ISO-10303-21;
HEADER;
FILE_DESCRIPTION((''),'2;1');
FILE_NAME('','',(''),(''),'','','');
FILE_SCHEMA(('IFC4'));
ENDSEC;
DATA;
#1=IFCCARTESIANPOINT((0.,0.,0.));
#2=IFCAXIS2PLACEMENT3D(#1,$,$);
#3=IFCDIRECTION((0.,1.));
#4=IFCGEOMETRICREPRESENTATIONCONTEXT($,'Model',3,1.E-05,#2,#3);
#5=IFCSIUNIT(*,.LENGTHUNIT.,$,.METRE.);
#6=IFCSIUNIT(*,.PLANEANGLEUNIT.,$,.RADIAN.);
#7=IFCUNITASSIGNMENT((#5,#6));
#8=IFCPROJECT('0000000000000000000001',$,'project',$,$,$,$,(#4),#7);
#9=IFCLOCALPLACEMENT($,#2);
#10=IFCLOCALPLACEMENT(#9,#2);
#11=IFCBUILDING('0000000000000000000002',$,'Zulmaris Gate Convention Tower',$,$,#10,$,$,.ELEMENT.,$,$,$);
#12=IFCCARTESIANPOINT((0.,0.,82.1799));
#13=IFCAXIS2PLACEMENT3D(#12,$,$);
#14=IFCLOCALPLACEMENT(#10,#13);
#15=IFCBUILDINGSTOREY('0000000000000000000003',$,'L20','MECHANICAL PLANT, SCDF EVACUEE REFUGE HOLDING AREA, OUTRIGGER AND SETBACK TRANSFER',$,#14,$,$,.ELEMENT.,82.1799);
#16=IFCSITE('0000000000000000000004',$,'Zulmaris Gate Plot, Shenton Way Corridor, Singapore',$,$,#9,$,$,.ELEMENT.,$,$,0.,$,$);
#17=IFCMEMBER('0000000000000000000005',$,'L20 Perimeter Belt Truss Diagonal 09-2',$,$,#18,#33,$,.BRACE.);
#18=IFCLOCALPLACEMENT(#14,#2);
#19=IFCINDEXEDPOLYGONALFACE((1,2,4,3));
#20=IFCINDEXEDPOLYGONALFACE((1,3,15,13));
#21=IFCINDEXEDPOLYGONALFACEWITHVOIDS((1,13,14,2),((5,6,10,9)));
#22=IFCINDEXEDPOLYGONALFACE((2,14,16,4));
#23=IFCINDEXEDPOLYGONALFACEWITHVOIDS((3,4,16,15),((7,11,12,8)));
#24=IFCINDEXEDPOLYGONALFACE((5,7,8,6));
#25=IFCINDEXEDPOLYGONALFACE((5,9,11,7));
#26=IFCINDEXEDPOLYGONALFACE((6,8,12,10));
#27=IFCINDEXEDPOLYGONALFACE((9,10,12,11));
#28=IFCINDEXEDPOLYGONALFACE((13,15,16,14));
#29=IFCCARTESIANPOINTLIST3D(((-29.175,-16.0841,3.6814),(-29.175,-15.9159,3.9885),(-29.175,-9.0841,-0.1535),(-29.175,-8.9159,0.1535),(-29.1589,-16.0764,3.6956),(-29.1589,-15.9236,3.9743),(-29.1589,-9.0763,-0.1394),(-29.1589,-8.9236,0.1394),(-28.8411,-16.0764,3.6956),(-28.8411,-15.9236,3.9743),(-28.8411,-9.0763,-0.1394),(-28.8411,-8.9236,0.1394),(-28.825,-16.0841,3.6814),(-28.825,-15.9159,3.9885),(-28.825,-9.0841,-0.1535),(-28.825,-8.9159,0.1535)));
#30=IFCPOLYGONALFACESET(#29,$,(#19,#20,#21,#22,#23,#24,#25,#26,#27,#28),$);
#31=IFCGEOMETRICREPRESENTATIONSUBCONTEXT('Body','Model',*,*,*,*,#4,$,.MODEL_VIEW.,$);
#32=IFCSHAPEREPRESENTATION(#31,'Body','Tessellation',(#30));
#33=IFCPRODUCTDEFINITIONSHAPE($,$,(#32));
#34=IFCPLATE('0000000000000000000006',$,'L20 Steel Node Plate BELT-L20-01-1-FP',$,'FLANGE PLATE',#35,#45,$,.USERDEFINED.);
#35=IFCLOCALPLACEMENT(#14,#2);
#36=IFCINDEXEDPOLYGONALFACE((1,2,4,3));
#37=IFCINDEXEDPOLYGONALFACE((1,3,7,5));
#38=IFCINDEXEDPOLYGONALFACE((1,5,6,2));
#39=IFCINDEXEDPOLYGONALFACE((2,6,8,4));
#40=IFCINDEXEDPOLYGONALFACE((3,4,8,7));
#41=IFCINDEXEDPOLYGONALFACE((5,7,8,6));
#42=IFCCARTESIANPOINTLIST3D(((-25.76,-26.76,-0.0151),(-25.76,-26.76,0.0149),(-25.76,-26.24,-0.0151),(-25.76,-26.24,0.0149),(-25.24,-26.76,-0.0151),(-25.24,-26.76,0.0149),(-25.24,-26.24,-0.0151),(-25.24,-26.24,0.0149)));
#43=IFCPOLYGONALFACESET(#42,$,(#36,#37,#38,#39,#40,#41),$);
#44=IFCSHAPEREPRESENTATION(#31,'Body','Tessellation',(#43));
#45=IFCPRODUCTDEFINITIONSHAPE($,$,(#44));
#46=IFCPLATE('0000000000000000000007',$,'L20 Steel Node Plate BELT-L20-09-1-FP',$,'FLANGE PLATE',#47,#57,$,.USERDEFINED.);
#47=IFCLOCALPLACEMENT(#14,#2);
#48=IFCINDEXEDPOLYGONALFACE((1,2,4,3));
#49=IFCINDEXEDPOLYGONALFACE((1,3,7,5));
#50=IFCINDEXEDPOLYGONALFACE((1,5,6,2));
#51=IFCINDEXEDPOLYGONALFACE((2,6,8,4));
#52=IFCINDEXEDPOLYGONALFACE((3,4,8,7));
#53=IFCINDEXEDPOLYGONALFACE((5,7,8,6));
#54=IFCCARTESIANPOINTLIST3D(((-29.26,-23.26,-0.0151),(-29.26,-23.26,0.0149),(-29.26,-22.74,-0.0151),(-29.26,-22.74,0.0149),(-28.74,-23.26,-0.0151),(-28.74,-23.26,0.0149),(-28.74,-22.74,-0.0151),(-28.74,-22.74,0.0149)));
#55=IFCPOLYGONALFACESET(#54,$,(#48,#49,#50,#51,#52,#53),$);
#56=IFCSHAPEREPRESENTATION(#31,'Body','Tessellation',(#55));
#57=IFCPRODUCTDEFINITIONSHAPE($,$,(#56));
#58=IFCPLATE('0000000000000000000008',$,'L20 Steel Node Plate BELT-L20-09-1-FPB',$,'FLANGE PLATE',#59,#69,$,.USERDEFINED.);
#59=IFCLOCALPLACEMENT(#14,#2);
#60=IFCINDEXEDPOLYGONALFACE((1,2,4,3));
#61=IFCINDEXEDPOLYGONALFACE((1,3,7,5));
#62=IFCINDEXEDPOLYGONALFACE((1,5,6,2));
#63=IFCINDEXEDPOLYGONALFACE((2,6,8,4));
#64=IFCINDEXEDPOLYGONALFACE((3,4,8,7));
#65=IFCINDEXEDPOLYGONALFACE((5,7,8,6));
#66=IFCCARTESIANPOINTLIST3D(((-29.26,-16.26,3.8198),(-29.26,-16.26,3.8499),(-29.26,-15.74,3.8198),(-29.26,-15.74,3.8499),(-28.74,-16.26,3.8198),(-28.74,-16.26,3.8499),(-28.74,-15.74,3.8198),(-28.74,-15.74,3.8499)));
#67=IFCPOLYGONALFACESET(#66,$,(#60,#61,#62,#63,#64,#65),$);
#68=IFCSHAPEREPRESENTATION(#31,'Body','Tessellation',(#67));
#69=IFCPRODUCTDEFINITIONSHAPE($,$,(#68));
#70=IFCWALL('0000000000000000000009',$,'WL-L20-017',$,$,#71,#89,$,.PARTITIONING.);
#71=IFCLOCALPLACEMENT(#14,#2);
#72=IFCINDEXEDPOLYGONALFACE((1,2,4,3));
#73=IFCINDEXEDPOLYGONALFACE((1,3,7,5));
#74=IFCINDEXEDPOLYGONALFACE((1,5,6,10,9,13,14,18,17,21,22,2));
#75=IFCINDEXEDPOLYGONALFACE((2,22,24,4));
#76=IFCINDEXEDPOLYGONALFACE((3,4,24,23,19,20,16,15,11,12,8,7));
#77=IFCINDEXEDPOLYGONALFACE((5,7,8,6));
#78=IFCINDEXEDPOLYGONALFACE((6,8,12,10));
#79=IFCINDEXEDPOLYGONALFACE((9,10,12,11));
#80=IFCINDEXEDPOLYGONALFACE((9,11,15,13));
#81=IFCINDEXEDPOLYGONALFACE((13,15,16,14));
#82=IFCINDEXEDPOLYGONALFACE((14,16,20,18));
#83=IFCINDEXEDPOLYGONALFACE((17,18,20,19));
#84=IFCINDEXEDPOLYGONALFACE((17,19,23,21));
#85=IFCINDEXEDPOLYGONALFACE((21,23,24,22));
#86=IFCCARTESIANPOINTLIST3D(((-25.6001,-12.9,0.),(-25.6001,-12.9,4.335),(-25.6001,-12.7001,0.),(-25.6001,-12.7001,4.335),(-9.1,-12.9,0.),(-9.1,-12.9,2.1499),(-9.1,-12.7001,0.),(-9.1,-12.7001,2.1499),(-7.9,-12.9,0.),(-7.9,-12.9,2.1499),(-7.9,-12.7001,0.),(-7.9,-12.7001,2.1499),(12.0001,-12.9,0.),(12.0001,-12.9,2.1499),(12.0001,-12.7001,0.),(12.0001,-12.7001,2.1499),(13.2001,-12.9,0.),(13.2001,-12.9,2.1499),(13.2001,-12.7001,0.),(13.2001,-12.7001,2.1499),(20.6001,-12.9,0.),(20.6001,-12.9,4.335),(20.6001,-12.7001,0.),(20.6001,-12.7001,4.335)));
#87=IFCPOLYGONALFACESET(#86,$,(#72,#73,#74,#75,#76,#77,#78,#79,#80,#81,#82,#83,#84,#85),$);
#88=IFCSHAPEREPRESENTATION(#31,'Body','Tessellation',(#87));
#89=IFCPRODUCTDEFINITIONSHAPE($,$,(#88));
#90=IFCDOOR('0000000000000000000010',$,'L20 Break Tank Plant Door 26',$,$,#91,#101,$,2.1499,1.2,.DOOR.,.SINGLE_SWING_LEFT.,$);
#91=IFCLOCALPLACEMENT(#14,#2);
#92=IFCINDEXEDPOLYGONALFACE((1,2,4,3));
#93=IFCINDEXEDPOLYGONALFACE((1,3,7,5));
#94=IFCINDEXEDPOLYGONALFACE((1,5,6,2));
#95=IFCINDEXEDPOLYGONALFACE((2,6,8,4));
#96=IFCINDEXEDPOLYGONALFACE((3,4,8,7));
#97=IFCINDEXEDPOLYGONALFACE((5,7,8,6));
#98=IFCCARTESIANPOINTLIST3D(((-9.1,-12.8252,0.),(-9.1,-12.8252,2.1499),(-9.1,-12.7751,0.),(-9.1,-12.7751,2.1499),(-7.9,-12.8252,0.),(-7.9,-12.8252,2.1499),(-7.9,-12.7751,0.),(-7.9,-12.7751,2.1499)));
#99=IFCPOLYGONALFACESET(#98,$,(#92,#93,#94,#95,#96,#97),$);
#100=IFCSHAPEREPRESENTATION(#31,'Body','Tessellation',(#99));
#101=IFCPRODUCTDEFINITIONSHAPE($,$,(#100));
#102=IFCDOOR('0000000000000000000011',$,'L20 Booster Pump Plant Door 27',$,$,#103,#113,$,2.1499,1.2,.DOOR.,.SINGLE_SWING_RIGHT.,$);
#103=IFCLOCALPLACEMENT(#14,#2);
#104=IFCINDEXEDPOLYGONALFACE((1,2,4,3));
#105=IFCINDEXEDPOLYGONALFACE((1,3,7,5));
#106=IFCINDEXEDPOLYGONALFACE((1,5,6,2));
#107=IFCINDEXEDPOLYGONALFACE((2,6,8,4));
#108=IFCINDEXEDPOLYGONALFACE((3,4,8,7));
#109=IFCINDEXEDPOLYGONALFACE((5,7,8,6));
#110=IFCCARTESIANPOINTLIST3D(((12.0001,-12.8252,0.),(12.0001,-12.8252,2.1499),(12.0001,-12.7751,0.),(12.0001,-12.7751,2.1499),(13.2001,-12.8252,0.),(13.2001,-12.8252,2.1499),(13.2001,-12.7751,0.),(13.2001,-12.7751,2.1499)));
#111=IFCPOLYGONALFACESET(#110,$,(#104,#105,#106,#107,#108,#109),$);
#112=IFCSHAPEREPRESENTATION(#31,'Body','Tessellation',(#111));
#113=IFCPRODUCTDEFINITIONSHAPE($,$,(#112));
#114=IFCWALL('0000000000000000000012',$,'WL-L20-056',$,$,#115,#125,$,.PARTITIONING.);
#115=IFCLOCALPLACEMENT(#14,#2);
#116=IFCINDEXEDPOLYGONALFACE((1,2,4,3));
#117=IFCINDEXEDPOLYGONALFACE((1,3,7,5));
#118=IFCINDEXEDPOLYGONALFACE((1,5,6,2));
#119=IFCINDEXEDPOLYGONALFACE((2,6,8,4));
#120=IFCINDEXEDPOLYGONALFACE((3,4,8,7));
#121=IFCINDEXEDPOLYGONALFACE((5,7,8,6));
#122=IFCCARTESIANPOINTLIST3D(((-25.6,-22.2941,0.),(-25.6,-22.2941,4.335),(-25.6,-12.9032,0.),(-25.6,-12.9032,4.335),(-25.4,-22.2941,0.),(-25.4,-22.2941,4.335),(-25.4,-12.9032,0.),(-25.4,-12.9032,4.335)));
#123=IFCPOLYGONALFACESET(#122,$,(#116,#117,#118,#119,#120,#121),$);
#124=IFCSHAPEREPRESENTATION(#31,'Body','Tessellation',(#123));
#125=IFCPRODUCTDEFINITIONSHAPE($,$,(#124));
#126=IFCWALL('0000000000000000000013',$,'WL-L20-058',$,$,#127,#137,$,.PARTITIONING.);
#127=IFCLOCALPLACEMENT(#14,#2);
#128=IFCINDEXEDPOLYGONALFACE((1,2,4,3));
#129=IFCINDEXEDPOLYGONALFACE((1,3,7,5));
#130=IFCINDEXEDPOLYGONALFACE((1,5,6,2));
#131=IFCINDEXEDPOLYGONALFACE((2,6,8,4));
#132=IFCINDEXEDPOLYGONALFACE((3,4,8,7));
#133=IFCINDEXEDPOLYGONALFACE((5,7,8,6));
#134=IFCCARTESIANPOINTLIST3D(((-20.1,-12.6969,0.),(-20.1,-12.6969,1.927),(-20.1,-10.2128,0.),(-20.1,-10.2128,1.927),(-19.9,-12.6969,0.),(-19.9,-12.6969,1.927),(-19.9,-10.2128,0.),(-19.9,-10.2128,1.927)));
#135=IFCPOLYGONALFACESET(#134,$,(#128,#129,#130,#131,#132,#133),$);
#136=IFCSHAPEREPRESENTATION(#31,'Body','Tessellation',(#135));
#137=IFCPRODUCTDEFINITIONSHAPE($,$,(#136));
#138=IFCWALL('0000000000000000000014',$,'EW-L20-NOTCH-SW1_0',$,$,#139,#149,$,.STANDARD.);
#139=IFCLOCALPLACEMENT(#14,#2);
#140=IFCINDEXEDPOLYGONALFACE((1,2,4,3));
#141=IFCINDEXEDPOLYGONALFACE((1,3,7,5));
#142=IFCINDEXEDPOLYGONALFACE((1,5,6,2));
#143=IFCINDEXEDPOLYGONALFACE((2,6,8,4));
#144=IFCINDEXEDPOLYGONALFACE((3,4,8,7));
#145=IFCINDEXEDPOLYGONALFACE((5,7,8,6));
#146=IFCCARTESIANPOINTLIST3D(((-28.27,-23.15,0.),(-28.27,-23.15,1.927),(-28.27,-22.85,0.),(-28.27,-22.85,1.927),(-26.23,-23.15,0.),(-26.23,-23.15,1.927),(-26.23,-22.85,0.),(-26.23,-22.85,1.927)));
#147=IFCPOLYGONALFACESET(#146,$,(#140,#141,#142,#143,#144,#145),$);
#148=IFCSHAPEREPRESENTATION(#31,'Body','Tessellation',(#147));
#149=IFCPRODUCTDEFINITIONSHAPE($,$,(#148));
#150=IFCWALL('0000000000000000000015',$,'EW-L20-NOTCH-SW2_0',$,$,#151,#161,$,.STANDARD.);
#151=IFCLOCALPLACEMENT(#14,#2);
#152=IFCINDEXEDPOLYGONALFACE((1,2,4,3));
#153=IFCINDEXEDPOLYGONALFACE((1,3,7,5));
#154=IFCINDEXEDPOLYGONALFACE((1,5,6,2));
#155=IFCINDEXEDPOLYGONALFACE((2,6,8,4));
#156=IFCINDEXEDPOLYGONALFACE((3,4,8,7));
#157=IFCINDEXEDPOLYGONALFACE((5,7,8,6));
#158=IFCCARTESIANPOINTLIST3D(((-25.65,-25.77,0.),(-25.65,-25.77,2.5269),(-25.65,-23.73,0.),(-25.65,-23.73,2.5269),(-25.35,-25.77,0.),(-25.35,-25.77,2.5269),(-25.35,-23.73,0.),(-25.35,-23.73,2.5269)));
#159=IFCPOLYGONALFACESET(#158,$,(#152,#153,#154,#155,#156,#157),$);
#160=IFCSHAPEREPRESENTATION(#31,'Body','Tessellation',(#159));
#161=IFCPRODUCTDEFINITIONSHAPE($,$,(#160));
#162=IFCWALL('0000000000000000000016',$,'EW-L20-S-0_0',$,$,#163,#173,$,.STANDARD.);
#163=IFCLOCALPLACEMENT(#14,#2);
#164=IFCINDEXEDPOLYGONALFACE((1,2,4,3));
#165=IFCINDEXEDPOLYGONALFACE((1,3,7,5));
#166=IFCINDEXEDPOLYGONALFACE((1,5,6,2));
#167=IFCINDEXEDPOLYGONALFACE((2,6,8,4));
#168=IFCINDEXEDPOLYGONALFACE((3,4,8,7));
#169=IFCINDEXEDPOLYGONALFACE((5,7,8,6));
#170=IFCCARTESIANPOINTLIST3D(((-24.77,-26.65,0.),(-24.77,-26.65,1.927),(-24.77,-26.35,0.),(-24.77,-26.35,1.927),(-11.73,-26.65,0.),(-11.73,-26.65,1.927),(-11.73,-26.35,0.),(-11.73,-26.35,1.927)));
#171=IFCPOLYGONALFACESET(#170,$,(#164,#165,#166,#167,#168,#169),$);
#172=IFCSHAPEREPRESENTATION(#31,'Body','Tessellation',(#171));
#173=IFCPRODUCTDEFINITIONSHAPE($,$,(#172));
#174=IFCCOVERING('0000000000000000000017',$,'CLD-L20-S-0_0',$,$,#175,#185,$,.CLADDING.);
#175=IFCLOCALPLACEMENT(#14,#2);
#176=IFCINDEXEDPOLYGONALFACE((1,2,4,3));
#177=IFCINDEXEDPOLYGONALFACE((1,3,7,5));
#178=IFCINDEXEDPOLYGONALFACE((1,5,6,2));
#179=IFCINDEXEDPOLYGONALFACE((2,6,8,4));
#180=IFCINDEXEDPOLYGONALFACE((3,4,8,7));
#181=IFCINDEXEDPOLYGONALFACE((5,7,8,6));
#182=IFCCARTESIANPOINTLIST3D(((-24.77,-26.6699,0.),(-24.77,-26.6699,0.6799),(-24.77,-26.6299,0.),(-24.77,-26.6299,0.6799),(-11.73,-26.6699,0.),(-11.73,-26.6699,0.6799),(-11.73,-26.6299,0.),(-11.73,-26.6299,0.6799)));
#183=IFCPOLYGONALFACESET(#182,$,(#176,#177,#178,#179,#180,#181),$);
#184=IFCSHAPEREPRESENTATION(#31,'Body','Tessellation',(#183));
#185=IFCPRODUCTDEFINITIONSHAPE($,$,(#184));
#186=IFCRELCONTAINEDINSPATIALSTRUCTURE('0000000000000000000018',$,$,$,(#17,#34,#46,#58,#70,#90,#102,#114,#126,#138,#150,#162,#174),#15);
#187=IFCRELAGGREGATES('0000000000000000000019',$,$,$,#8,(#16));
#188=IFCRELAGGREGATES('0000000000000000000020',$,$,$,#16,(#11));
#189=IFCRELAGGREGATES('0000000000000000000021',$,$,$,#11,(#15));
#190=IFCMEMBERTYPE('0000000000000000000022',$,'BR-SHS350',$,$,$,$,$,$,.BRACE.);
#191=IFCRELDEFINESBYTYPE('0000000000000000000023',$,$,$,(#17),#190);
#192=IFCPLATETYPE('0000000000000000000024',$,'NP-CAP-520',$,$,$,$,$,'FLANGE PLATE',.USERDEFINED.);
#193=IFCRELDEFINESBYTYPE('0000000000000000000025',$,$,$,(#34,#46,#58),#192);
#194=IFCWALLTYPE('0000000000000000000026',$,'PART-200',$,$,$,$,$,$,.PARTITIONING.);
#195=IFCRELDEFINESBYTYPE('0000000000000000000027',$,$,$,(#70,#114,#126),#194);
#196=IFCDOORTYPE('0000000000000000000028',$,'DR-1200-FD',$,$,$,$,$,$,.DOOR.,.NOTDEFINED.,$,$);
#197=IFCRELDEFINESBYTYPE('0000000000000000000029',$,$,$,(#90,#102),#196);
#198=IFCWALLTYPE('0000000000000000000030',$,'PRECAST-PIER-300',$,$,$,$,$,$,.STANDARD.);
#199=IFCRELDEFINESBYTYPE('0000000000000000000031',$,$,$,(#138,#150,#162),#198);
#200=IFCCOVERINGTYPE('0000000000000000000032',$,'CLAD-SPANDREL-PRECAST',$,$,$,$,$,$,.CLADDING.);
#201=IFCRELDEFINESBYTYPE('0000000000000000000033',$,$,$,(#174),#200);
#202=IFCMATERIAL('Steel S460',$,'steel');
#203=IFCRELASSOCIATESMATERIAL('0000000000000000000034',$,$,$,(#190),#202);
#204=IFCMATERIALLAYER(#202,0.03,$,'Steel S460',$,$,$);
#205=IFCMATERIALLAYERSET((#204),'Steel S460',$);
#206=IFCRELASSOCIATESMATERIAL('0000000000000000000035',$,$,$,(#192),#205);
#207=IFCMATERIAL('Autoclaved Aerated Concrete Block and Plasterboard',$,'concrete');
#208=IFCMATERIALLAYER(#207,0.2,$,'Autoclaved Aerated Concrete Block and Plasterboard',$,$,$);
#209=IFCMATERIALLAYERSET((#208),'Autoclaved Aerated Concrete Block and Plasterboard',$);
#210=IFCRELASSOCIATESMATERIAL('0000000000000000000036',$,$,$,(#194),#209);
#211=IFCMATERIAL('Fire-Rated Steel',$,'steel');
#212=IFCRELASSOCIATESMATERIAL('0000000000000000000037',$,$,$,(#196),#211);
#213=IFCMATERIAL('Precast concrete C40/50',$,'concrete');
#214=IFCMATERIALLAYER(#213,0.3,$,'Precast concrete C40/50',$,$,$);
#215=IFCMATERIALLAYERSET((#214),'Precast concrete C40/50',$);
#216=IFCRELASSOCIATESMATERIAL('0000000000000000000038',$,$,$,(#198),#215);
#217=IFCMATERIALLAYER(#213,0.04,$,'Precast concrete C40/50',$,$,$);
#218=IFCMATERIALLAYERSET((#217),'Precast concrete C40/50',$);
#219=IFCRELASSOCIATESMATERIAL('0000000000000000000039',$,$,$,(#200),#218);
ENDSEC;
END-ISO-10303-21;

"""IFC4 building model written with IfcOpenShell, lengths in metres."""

from ifc_helpers import new_model, si_unit, direction, frame, frame_2d, origin, origin_2d, place, context, subcontext, project, spatial, rectangle, hollow_rectangle, extrude, material, layer, layer_set, material_profile, profile_set, type_object, element, fill, save


model = new_model("IFC4")

# Units and contexts
model_context = context("Model", 3, precision=1e-05, world=origin(), true_north=direction((0.0, 1.0)))
body_context = subcontext(model_context, "Body", "Model", "MODEL_VIEW")
ifc_project = project(units=[si_unit("LENGTHUNIT", "METRE"), si_unit("PLANEANGLEUNIT", "RADIAN")], contexts=[model_context])

# Site, building, storey
site_placement = place(None, origin())
site = spatial("IfcSite", under=ifc_project, at=site_placement, Name="Zulmaris Gate Plot, Shenton Way Corridor, Singapore", CompositionType="ELEMENT", RefElevation=0.0)
building_placement = place(site_placement, origin())
building = spatial("IfcBuilding", under=site, at=building_placement, Name="Zulmaris Gate Convention Tower", CompositionType="ELEMENT")
storey_placement = place(building_placement, frame((0.0, 0.0, 82.1799)))
storey = spatial("IfcBuildingStorey", under=building, at=storey_placement, Name="L20", Description="MECHANICAL PLANT, SCDF EVACUEE REFUGE HOLDING AREA, OUTRIGGER AND SETBACK TRANSFER", CompositionType="ELEMENT", Elevation=82.1799)

# Member
ifc_material_1 = material(Name="Steel S460", Category="steel")
ifc_material_profile_1 = material_profile(ifc_material_1, hollow_rectangle(XDim=0.3501, YDim=0.3501, WallThickness=0.0161, at=origin_2d()), Name="SHS 350x350x16")
ifc_profile_set_1 = profile_set([ifc_material_profile_1], Name="Steel S460")
member_type = type_object("IfcMemberType", Name="BR-SHS350", PredefinedType="BRACE", material=ifc_profile_set_1)
for number, where, z_axis, x_axis, name in (
    (1, (-29.0, -16.0, 3.835), (0.0, 0.87701, -0.480471), (-1.0, 0.0, 0.0), "L20 Perimeter Belt Truss Diagonal 09-2"),
):
    element("IfcMember", number, at=place(storey_placement, frame(where, z_axis=z_axis, x_axis=x_axis)), inside=storey, type_object=member_type, Name=name, PredefinedType="BRACE", context=body_context, shape_type="SweptSolid", body=[
        extrude(hollow_rectangle(XDim=0.3501, YDim=0.3501, WallThickness=0.0161, at=origin_2d()), origin(), (0.0, 0.0, 1.0), 7.9817),
    ])

# Plates
ifc_layer_1 = layer(ifc_material_1, 0.03, Name="Steel S460")
ifc_layer_set_1 = layer_set([ifc_layer_1], Name="Steel S460")
plate_type = type_object("IfcPlateType", Name="NP-CAP-520", ElementType="FLANGE PLATE", PredefinedType="USERDEFINED", material=ifc_layer_set_1)
for number, where, z_axis, x_axis, name in (
    (2, (-25.5, -26.5, -0.0151), (0.0, 0.0, 1.0), (1.0, 0.0, 0.0), "L20 Steel Node Plate BELT-L20-01-1-FP"),
    (3, (-29.0, -23.0, -0.0151), (0.0, 0.0, 1.0), (1.0, 0.0, 0.0), "L20 Steel Node Plate BELT-L20-09-1-FP"),
    (4, (-29.0, -16.0, 3.8198), (0.0, 0.0, 1.0), (1.0, 0.0, 0.0), "L20 Steel Node Plate BELT-L20-09-1-FPB"),
):
    element("IfcPlate", number, at=place(storey_placement, frame(where, z_axis=z_axis, x_axis=x_axis)), inside=storey, type_object=plate_type, Name=name, ObjectType="FLANGE PLATE", PredefinedType="USERDEFINED", context=body_context, shape_type="SweptSolid", body=[
        extrude(rectangle(XDim=0.52, YDim=0.52, at=origin_2d()), origin(), (0.0, 0.0, 1.0), 0.03),
    ])

# Wall, openings, doors
ifc_material_2 = material(Name="Autoclaved Aerated Concrete Block and Plasterboard", Category="concrete")
ifc_layer_2 = layer(ifc_material_2, 0.2, Name="Autoclaved Aerated Concrete Block and Plasterboard")
ifc_layer_set_2 = layer_set([ifc_layer_2], Name="Autoclaved Aerated Concrete Block and Plasterboard")
wall_type_1 = type_object("IfcWallType", Name="PART-200", PredefinedType="PARTITIONING", material=ifc_layer_set_2)
wall_1_placement = place(storey_placement, frame((-25.6001, -12.8, 0.0), z_axis=(0.0, 0.0, 1.0), x_axis=(1.0, 0.0, 0.0)))
wall_1 = element("IfcWall", 5, at=wall_1_placement, inside=storey, type_object=wall_type_1, Name="WL-L20-017", PredefinedType="PARTITIONING", context=body_context, shape_type="SweptSolid", body=[
    extrude(rectangle(XDim=46.2002, YDim=0.2, at=frame_2d((23.1001, 0.0))), origin(), (0.0, 0.0, 1.0), 4.335),
])
opening_1_placement = place(wall_1_placement, frame((16.5, 0.0, 0.0)))
opening_1 = element("IfcOpeningElement", 6, at=opening_1_placement, cuts=wall_1, PredefinedType="OPENING", context=body_context, shape_type="SweptSolid", body=[
    extrude(rectangle(XDim=1.2, YDim=2.1499, at=frame_2d((0.6001, 1.075))), frame((0.0, 0.1099, 0.0), z_axis=(0.0, -1.0, 0.0), x_axis=(1.0, 0.0, 0.0)), (0.0, 0.0, 1.0), 0.22),
])
opening_2_placement = place(wall_1_placement, frame((37.6001, 0.0, 0.0)))
opening_2 = element("IfcOpeningElement", 7, at=opening_2_placement, cuts=wall_1, PredefinedType="OPENING", context=body_context, shape_type="SweptSolid", body=[
    extrude(rectangle(XDim=1.2, YDim=2.1499, at=frame_2d((0.6001, 1.075))), frame((0.0, 0.1099, 0.0), z_axis=(0.0, -1.0, 0.0), x_axis=(1.0, 0.0, 0.0)), (0.0, 0.0, 1.0), 0.22),
])
ifc_material_3 = material(Name="Fire-Rated Steel", Category="steel")
door_type = type_object("IfcDoorType", Name="DR-1200-FD", OperationType="NOTDEFINED", PredefinedType="DOOR", material=ifc_material_3)
door_1_placement = place(opening_1_placement, origin())
door_1 = element("IfcDoor", 8, at=door_1_placement, inside=storey, type_object=door_type, Name="L20 Break Tank Plant Door 26", OperationType="SINGLE_SWING_LEFT", OverallHeight=2.1499, OverallWidth=1.2, PredefinedType="DOOR", context=body_context, shape_type="SweptSolid", body=[
    extrude(rectangle(XDim=1.2, YDim=2.1499, at=frame_2d((0.6001, 1.075))), frame((0.0, 0.0249, 0.0), z_axis=(0.0, -1.0, 0.0), x_axis=(1.0, 0.0, 0.0)), (0.0, 0.0, 1.0), 0.05),
])
fill(opening_1, door_1)
door_2_placement = place(opening_2_placement, origin())
door_2 = element("IfcDoor", 9, at=door_2_placement, inside=storey, type_object=door_type, Name="L20 Booster Pump Plant Door 27", OperationType="SINGLE_SWING_RIGHT", OverallHeight=2.1499, OverallWidth=1.2, PredefinedType="DOOR", context=body_context, shape_type="SweptSolid", body=[
    extrude(rectangle(XDim=1.2, YDim=2.1499, at=frame_2d((0.6001, 1.075))), frame((0.0, 0.0249, 0.0), z_axis=(0.0, -1.0, 0.0), x_axis=(1.0, 0.0, 0.0)), (0.0, 0.0, 1.0), 0.05),
])
fill(opening_2, door_2)

# Walls
wall_2_placement = place(storey_placement, frame((-25.5, -22.2939, 0.0), z_axis=(0.0, 0.0, 1.0), x_axis=(0.0, 1.0, 0.0)))
element("IfcWall", 10, at=wall_2_placement, inside=storey, type_object=wall_type_1, Name="WL-L20-056", PredefinedType="PARTITIONING", context=body_context, shape_type="SweptSolid", body=[
    extrude(rectangle(XDim=9.3909, YDim=0.2, at=frame_2d((4.6953, 0.0))), origin(), (0.0, 0.0, 1.0), 4.335),
])
wall_3_placement = place(storey_placement, frame((-20.0, -12.697, 0.0), z_axis=(0.0, 0.0, 1.0), x_axis=(0.0, 1.0, 0.0)))
element("IfcWall", 11, at=wall_3_placement, inside=storey, type_object=wall_type_1, Name="WL-L20-058", PredefinedType="PARTITIONING", context=body_context, shape_type="SweptSolid", body=[
    extrude(rectangle(XDim=2.4841, YDim=0.2, at=frame_2d((1.2422, 0.0))), origin(), (0.0, 0.0, 1.0), 1.927),
])
ifc_material_4 = material(Name="Precast concrete C40/50", Category="concrete")
ifc_layer_3 = layer(ifc_material_4, 0.3, Name="Precast concrete C40/50")
ifc_layer_set_3 = layer_set([ifc_layer_3], Name="Precast concrete C40/50")
wall_type_2 = type_object("IfcWallType", Name="PRECAST-PIER-300", PredefinedType="STANDARD", material=ifc_layer_set_3)
wall_4_placement = place(storey_placement, frame((-28.27, -23.0, 0.0), z_axis=(0.0, 0.0, 1.0), x_axis=(1.0, 0.0, 0.0)))
element("IfcWall", 12, at=wall_4_placement, inside=storey, type_object=wall_type_2, Name="EW-L20-NOTCH-SW1_0", PredefinedType="STANDARD", context=body_context, shape_type="SweptSolid", body=[
    extrude(rectangle(XDim=2.04, YDim=0.3, at=frame_2d((1.02, 0.0))), origin(), (0.0, 0.0, 1.0), 1.927),
])
wall_5_placement = place(storey_placement, frame((-25.5, -23.73, 0.0), z_axis=(0.0, 0.0, 1.0), x_axis=(0.0, -1.0, 0.0)))
element("IfcWall", 13, at=wall_5_placement, inside=storey, type_object=wall_type_2, Name="EW-L20-NOTCH-SW2_0", PredefinedType="STANDARD", context=body_context, shape_type="SweptSolid", body=[
    extrude(rectangle(XDim=2.04, YDim=0.3, at=frame_2d((1.02, 0.0))), origin(), (0.0, 0.0, 1.0), 2.5269),
])
wall_6_placement = place(storey_placement, frame((-24.77, -26.5, 0.0), z_axis=(0.0, 0.0, 1.0), x_axis=(1.0, 0.0, 0.0)))
element("IfcWall", 14, at=wall_6_placement, inside=storey, type_object=wall_type_2, Name="EW-L20-S-0_0", PredefinedType="STANDARD", context=body_context, shape_type="SweptSolid", body=[
    extrude(rectangle(XDim=13.04, YDim=0.3, at=frame_2d((6.52, 0.0))), origin(), (0.0, 0.0, 1.0), 1.927),
])

# Covering
ifc_layer_4 = layer(ifc_material_4, 0.04, Name="Precast concrete C40/50")
ifc_layer_set_4 = layer_set([ifc_layer_4], Name="Precast concrete C40/50")
covering_type = type_object("IfcCoveringType", Name="CLAD-SPANDREL-PRECAST", PredefinedType="CLADDING", material=ifc_layer_set_4)
covering_placement = place(storey_placement, frame((-24.77, -26.6499, 0.0), z_axis=(0.0, 0.0, 1.0), x_axis=(1.0, 0.0, 0.0)))
element("IfcCovering", 15, at=covering_placement, inside=storey, type_object=covering_type, Name="CLD-L20-S-0_0", PredefinedType="CLADDING", context=body_context, shape_type="SweptSolid", body=[
    extrude(rectangle(XDim=13.04, YDim=0.04, at=frame_2d((6.52, 0.0))), origin(), (0.0, 0.0, 1.0), 0.6799),
])

save(model, "model.ifc")
